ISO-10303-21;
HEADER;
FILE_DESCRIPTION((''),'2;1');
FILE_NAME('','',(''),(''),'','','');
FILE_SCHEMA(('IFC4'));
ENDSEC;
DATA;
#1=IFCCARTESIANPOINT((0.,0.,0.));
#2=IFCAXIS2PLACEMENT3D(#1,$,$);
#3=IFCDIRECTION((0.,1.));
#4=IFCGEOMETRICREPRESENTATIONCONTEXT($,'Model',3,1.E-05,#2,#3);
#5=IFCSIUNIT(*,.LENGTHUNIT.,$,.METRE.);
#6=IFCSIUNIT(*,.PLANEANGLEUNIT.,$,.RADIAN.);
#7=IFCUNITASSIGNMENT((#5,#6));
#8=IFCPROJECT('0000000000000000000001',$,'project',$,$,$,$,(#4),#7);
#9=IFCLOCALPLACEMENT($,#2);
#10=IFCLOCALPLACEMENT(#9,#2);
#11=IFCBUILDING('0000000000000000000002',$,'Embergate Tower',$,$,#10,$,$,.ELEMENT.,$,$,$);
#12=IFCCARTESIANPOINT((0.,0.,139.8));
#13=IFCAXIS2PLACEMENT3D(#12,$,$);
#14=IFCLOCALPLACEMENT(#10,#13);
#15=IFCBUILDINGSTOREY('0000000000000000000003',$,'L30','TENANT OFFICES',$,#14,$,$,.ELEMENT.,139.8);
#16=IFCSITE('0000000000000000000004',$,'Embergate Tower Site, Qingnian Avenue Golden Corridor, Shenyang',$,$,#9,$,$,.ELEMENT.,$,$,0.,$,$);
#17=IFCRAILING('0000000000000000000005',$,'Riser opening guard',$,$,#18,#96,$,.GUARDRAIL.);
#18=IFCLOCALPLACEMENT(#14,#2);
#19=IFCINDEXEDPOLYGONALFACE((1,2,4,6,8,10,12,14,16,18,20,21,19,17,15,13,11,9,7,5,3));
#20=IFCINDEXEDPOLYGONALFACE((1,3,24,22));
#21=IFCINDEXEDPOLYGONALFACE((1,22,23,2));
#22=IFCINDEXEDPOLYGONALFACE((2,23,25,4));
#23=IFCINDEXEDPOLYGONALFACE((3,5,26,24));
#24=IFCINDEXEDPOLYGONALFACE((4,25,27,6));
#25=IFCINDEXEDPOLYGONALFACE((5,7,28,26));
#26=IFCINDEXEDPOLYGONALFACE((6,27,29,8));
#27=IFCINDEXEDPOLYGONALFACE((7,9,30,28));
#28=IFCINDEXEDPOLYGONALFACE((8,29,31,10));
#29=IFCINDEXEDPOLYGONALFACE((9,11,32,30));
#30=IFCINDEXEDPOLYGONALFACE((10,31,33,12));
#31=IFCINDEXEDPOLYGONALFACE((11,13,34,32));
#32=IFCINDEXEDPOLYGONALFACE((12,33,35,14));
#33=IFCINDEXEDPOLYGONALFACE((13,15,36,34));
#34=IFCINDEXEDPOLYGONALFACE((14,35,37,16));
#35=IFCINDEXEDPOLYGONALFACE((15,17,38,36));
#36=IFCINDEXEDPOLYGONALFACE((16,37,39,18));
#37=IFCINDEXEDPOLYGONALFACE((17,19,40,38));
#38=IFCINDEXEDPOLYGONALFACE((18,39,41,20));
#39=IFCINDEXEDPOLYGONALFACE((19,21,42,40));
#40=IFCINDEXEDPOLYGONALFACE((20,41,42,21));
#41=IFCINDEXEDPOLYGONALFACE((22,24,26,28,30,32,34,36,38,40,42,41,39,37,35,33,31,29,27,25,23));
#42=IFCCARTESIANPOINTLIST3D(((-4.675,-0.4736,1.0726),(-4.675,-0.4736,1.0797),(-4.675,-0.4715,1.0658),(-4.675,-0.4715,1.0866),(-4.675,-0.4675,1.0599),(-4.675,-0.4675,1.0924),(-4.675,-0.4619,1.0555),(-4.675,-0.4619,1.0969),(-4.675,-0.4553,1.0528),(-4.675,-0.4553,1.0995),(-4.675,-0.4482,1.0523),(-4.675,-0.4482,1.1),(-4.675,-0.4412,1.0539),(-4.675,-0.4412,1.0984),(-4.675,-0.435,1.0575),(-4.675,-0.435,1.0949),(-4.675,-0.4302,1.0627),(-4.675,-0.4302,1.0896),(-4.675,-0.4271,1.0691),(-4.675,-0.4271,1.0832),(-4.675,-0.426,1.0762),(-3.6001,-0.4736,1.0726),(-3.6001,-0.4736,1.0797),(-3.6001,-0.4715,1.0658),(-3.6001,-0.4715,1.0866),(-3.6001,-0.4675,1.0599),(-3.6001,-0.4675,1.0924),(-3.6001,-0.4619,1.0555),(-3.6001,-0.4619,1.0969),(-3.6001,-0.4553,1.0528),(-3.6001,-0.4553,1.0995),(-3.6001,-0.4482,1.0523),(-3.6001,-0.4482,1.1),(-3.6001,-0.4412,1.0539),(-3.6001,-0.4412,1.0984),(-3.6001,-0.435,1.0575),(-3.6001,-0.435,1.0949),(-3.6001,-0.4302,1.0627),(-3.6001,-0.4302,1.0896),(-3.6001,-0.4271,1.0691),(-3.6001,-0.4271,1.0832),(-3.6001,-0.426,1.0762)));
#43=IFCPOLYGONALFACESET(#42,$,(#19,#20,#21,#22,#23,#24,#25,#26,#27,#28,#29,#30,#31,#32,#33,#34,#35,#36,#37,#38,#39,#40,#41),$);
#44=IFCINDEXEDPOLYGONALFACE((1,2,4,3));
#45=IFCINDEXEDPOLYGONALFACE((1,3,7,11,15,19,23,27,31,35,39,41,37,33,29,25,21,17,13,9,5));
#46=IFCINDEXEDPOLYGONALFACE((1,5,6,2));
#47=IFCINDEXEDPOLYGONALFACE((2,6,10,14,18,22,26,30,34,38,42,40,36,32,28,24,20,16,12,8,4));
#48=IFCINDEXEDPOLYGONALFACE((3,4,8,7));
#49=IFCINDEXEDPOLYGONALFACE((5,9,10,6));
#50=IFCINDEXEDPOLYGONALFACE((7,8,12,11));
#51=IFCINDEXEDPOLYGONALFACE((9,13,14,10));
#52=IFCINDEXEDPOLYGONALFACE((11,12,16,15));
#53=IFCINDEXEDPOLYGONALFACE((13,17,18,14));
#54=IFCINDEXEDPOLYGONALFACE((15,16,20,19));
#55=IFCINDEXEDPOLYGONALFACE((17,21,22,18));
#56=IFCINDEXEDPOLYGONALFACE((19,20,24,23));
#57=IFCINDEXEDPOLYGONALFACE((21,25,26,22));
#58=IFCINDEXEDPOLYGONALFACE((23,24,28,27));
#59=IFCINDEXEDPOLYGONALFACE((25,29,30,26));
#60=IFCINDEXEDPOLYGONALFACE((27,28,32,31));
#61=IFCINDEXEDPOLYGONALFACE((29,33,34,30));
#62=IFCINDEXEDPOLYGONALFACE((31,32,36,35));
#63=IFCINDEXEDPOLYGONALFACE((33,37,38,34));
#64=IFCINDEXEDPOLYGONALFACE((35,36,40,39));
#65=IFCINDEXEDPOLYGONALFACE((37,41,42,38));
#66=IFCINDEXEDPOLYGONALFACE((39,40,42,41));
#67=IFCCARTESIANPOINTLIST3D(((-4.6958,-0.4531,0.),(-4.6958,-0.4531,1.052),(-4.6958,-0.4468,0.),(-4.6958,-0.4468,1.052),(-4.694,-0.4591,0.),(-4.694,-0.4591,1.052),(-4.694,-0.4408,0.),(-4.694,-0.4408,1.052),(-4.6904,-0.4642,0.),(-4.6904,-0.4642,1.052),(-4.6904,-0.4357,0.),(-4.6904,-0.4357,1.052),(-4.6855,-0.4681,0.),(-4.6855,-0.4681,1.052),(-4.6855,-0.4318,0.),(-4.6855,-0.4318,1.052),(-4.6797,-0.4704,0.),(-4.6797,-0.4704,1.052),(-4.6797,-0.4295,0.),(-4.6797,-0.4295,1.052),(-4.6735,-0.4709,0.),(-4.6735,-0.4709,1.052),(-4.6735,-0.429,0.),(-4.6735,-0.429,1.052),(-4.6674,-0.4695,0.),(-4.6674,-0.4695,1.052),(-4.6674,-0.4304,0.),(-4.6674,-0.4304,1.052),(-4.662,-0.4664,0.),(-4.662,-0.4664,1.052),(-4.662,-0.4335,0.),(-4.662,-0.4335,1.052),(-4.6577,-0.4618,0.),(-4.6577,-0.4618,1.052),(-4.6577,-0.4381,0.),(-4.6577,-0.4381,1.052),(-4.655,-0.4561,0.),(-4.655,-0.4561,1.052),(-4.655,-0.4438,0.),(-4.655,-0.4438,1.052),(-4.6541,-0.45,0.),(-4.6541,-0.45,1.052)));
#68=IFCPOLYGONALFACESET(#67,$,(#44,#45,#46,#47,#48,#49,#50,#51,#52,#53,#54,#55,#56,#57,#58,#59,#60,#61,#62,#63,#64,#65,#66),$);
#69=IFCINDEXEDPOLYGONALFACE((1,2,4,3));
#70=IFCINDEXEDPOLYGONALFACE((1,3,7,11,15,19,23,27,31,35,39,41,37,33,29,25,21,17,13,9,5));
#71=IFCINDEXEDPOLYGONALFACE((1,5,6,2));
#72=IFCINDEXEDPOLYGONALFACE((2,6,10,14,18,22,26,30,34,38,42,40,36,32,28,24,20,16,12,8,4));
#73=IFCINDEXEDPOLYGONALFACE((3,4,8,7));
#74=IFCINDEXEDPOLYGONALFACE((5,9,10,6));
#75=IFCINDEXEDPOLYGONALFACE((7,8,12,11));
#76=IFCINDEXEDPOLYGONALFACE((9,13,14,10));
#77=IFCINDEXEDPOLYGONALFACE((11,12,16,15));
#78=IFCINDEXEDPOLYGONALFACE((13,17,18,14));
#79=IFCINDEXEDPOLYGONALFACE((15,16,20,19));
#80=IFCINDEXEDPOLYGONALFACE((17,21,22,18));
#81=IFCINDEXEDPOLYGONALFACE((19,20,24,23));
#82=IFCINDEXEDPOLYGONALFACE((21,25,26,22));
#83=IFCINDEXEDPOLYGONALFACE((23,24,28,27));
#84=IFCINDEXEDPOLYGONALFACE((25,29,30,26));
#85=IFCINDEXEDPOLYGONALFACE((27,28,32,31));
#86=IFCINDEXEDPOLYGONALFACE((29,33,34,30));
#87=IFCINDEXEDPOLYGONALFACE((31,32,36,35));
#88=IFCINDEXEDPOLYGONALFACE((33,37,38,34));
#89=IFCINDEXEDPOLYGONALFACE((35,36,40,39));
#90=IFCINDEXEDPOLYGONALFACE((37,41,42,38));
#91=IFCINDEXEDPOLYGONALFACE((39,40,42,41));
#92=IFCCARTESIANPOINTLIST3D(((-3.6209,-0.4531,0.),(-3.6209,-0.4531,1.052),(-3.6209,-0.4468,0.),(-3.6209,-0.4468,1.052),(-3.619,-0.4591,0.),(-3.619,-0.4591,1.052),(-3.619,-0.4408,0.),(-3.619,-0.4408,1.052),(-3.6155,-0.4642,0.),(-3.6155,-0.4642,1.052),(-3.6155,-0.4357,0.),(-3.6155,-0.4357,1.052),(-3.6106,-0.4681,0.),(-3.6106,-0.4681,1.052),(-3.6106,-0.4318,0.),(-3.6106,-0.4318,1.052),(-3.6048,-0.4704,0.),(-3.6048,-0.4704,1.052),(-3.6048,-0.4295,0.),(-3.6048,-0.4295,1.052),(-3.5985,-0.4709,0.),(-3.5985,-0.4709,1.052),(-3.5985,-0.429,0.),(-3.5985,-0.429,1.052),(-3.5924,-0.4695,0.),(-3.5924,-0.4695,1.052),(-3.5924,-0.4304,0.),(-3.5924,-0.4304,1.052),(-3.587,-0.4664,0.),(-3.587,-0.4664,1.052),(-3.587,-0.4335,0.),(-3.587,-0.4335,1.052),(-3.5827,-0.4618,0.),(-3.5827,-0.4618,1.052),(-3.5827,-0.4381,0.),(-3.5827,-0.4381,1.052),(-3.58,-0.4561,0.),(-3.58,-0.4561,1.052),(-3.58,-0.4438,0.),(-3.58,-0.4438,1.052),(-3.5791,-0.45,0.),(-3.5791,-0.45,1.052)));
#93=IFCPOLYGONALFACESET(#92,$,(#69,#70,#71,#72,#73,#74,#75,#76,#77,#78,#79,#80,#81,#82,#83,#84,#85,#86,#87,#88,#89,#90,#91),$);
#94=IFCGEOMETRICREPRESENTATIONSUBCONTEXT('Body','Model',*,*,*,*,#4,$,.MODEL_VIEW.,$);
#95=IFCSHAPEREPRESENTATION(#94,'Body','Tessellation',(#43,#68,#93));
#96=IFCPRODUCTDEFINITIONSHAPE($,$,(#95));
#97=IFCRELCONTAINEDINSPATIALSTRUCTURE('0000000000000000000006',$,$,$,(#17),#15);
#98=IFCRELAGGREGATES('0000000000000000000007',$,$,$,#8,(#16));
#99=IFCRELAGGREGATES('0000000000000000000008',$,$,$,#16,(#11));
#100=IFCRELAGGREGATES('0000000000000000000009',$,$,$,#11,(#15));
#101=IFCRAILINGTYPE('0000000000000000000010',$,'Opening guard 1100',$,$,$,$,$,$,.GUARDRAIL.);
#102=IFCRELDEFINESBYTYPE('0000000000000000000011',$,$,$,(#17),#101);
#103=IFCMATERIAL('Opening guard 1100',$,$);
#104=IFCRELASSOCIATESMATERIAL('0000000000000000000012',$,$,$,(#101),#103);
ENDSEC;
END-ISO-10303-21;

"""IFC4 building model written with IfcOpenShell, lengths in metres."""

from ifc_helpers import new_model, si_unit, direction, frame, origin, origin_2d, place, context, subcontext, project, spatial, circle, extrude, source, transform, mapped, material, type_object, element, save


model = new_model("IFC4")

# Units and contexts
model_context = context("Model", 3, precision=1e-05, world=origin(), true_north=direction((0.0, 1.0)))
body_context = subcontext(model_context, "Body", "Model", "MODEL_VIEW")
ifc_project = project(units=[si_unit("LENGTHUNIT", "METRE"), si_unit("PLANEANGLEUNIT", "RADIAN")], contexts=[model_context])

# Site, building, storey
site_placement = place(None, origin())
site = spatial("IfcSite", under=ifc_project, at=site_placement, Name="Embergate Tower Site, Qingnian Avenue Golden Corridor, Shenyang", CompositionType="ELEMENT", RefElevation=0.0)
building_placement = place(site_placement, origin())
building = spatial("IfcBuilding", under=site, at=building_placement, Name="Embergate Tower", CompositionType="ELEMENT")
storey_placement = place(building_placement, frame((0.0, 0.0, 139.8)))
storey = spatial("IfcBuildingStorey", under=building, at=storey_placement, Name="L30", Description="TENANT OFFICES", CompositionType="ELEMENT", Elevation=139.8)

# Railing
ifc_material_1 = material(Name="Opening guard 1100")
railing_type_1 = type_object("IfcRailingType", Name="Opening guard 1100", PredefinedType="GUARDRAIL", material=ifc_material_1)
shared_shape_1 = source(origin(), body_context, "Body", "SweptSolid", [
    extrude(circle(Radius=0.0239, at=origin_2d()), frame((0.0, 0.0, 1.0762), z_axis=(1.0, 0.0, 0.0), x_axis=(0.0, 1.0, 0.0)), (0.0, 0.0, 1.0), 1.075),
    extrude(circle(Radius=0.021, at=origin_2d()), origin(), (0.0, 0.0, 1.0), 1.052),
    extrude(circle(Radius=0.021, at=origin_2d()), frame((1.075, 0.0, 0.0)), (0.0, 0.0, 1.0), 1.052),
])
railing_1_placement = place(storey_placement, frame((-4.675, -0.45, 0.0)))
element("IfcRailing", 1, at=railing_1_placement, inside=storey, type_object=railing_type_1, Name="Riser opening guard", PredefinedType="GUARDRAIL", context=body_context, shape_type="MappedRepresentation", body=[
    mapped(shared_shape_1, transform((0.0, 0.0, 0.0))),
])

save(model, "model.ifc")
